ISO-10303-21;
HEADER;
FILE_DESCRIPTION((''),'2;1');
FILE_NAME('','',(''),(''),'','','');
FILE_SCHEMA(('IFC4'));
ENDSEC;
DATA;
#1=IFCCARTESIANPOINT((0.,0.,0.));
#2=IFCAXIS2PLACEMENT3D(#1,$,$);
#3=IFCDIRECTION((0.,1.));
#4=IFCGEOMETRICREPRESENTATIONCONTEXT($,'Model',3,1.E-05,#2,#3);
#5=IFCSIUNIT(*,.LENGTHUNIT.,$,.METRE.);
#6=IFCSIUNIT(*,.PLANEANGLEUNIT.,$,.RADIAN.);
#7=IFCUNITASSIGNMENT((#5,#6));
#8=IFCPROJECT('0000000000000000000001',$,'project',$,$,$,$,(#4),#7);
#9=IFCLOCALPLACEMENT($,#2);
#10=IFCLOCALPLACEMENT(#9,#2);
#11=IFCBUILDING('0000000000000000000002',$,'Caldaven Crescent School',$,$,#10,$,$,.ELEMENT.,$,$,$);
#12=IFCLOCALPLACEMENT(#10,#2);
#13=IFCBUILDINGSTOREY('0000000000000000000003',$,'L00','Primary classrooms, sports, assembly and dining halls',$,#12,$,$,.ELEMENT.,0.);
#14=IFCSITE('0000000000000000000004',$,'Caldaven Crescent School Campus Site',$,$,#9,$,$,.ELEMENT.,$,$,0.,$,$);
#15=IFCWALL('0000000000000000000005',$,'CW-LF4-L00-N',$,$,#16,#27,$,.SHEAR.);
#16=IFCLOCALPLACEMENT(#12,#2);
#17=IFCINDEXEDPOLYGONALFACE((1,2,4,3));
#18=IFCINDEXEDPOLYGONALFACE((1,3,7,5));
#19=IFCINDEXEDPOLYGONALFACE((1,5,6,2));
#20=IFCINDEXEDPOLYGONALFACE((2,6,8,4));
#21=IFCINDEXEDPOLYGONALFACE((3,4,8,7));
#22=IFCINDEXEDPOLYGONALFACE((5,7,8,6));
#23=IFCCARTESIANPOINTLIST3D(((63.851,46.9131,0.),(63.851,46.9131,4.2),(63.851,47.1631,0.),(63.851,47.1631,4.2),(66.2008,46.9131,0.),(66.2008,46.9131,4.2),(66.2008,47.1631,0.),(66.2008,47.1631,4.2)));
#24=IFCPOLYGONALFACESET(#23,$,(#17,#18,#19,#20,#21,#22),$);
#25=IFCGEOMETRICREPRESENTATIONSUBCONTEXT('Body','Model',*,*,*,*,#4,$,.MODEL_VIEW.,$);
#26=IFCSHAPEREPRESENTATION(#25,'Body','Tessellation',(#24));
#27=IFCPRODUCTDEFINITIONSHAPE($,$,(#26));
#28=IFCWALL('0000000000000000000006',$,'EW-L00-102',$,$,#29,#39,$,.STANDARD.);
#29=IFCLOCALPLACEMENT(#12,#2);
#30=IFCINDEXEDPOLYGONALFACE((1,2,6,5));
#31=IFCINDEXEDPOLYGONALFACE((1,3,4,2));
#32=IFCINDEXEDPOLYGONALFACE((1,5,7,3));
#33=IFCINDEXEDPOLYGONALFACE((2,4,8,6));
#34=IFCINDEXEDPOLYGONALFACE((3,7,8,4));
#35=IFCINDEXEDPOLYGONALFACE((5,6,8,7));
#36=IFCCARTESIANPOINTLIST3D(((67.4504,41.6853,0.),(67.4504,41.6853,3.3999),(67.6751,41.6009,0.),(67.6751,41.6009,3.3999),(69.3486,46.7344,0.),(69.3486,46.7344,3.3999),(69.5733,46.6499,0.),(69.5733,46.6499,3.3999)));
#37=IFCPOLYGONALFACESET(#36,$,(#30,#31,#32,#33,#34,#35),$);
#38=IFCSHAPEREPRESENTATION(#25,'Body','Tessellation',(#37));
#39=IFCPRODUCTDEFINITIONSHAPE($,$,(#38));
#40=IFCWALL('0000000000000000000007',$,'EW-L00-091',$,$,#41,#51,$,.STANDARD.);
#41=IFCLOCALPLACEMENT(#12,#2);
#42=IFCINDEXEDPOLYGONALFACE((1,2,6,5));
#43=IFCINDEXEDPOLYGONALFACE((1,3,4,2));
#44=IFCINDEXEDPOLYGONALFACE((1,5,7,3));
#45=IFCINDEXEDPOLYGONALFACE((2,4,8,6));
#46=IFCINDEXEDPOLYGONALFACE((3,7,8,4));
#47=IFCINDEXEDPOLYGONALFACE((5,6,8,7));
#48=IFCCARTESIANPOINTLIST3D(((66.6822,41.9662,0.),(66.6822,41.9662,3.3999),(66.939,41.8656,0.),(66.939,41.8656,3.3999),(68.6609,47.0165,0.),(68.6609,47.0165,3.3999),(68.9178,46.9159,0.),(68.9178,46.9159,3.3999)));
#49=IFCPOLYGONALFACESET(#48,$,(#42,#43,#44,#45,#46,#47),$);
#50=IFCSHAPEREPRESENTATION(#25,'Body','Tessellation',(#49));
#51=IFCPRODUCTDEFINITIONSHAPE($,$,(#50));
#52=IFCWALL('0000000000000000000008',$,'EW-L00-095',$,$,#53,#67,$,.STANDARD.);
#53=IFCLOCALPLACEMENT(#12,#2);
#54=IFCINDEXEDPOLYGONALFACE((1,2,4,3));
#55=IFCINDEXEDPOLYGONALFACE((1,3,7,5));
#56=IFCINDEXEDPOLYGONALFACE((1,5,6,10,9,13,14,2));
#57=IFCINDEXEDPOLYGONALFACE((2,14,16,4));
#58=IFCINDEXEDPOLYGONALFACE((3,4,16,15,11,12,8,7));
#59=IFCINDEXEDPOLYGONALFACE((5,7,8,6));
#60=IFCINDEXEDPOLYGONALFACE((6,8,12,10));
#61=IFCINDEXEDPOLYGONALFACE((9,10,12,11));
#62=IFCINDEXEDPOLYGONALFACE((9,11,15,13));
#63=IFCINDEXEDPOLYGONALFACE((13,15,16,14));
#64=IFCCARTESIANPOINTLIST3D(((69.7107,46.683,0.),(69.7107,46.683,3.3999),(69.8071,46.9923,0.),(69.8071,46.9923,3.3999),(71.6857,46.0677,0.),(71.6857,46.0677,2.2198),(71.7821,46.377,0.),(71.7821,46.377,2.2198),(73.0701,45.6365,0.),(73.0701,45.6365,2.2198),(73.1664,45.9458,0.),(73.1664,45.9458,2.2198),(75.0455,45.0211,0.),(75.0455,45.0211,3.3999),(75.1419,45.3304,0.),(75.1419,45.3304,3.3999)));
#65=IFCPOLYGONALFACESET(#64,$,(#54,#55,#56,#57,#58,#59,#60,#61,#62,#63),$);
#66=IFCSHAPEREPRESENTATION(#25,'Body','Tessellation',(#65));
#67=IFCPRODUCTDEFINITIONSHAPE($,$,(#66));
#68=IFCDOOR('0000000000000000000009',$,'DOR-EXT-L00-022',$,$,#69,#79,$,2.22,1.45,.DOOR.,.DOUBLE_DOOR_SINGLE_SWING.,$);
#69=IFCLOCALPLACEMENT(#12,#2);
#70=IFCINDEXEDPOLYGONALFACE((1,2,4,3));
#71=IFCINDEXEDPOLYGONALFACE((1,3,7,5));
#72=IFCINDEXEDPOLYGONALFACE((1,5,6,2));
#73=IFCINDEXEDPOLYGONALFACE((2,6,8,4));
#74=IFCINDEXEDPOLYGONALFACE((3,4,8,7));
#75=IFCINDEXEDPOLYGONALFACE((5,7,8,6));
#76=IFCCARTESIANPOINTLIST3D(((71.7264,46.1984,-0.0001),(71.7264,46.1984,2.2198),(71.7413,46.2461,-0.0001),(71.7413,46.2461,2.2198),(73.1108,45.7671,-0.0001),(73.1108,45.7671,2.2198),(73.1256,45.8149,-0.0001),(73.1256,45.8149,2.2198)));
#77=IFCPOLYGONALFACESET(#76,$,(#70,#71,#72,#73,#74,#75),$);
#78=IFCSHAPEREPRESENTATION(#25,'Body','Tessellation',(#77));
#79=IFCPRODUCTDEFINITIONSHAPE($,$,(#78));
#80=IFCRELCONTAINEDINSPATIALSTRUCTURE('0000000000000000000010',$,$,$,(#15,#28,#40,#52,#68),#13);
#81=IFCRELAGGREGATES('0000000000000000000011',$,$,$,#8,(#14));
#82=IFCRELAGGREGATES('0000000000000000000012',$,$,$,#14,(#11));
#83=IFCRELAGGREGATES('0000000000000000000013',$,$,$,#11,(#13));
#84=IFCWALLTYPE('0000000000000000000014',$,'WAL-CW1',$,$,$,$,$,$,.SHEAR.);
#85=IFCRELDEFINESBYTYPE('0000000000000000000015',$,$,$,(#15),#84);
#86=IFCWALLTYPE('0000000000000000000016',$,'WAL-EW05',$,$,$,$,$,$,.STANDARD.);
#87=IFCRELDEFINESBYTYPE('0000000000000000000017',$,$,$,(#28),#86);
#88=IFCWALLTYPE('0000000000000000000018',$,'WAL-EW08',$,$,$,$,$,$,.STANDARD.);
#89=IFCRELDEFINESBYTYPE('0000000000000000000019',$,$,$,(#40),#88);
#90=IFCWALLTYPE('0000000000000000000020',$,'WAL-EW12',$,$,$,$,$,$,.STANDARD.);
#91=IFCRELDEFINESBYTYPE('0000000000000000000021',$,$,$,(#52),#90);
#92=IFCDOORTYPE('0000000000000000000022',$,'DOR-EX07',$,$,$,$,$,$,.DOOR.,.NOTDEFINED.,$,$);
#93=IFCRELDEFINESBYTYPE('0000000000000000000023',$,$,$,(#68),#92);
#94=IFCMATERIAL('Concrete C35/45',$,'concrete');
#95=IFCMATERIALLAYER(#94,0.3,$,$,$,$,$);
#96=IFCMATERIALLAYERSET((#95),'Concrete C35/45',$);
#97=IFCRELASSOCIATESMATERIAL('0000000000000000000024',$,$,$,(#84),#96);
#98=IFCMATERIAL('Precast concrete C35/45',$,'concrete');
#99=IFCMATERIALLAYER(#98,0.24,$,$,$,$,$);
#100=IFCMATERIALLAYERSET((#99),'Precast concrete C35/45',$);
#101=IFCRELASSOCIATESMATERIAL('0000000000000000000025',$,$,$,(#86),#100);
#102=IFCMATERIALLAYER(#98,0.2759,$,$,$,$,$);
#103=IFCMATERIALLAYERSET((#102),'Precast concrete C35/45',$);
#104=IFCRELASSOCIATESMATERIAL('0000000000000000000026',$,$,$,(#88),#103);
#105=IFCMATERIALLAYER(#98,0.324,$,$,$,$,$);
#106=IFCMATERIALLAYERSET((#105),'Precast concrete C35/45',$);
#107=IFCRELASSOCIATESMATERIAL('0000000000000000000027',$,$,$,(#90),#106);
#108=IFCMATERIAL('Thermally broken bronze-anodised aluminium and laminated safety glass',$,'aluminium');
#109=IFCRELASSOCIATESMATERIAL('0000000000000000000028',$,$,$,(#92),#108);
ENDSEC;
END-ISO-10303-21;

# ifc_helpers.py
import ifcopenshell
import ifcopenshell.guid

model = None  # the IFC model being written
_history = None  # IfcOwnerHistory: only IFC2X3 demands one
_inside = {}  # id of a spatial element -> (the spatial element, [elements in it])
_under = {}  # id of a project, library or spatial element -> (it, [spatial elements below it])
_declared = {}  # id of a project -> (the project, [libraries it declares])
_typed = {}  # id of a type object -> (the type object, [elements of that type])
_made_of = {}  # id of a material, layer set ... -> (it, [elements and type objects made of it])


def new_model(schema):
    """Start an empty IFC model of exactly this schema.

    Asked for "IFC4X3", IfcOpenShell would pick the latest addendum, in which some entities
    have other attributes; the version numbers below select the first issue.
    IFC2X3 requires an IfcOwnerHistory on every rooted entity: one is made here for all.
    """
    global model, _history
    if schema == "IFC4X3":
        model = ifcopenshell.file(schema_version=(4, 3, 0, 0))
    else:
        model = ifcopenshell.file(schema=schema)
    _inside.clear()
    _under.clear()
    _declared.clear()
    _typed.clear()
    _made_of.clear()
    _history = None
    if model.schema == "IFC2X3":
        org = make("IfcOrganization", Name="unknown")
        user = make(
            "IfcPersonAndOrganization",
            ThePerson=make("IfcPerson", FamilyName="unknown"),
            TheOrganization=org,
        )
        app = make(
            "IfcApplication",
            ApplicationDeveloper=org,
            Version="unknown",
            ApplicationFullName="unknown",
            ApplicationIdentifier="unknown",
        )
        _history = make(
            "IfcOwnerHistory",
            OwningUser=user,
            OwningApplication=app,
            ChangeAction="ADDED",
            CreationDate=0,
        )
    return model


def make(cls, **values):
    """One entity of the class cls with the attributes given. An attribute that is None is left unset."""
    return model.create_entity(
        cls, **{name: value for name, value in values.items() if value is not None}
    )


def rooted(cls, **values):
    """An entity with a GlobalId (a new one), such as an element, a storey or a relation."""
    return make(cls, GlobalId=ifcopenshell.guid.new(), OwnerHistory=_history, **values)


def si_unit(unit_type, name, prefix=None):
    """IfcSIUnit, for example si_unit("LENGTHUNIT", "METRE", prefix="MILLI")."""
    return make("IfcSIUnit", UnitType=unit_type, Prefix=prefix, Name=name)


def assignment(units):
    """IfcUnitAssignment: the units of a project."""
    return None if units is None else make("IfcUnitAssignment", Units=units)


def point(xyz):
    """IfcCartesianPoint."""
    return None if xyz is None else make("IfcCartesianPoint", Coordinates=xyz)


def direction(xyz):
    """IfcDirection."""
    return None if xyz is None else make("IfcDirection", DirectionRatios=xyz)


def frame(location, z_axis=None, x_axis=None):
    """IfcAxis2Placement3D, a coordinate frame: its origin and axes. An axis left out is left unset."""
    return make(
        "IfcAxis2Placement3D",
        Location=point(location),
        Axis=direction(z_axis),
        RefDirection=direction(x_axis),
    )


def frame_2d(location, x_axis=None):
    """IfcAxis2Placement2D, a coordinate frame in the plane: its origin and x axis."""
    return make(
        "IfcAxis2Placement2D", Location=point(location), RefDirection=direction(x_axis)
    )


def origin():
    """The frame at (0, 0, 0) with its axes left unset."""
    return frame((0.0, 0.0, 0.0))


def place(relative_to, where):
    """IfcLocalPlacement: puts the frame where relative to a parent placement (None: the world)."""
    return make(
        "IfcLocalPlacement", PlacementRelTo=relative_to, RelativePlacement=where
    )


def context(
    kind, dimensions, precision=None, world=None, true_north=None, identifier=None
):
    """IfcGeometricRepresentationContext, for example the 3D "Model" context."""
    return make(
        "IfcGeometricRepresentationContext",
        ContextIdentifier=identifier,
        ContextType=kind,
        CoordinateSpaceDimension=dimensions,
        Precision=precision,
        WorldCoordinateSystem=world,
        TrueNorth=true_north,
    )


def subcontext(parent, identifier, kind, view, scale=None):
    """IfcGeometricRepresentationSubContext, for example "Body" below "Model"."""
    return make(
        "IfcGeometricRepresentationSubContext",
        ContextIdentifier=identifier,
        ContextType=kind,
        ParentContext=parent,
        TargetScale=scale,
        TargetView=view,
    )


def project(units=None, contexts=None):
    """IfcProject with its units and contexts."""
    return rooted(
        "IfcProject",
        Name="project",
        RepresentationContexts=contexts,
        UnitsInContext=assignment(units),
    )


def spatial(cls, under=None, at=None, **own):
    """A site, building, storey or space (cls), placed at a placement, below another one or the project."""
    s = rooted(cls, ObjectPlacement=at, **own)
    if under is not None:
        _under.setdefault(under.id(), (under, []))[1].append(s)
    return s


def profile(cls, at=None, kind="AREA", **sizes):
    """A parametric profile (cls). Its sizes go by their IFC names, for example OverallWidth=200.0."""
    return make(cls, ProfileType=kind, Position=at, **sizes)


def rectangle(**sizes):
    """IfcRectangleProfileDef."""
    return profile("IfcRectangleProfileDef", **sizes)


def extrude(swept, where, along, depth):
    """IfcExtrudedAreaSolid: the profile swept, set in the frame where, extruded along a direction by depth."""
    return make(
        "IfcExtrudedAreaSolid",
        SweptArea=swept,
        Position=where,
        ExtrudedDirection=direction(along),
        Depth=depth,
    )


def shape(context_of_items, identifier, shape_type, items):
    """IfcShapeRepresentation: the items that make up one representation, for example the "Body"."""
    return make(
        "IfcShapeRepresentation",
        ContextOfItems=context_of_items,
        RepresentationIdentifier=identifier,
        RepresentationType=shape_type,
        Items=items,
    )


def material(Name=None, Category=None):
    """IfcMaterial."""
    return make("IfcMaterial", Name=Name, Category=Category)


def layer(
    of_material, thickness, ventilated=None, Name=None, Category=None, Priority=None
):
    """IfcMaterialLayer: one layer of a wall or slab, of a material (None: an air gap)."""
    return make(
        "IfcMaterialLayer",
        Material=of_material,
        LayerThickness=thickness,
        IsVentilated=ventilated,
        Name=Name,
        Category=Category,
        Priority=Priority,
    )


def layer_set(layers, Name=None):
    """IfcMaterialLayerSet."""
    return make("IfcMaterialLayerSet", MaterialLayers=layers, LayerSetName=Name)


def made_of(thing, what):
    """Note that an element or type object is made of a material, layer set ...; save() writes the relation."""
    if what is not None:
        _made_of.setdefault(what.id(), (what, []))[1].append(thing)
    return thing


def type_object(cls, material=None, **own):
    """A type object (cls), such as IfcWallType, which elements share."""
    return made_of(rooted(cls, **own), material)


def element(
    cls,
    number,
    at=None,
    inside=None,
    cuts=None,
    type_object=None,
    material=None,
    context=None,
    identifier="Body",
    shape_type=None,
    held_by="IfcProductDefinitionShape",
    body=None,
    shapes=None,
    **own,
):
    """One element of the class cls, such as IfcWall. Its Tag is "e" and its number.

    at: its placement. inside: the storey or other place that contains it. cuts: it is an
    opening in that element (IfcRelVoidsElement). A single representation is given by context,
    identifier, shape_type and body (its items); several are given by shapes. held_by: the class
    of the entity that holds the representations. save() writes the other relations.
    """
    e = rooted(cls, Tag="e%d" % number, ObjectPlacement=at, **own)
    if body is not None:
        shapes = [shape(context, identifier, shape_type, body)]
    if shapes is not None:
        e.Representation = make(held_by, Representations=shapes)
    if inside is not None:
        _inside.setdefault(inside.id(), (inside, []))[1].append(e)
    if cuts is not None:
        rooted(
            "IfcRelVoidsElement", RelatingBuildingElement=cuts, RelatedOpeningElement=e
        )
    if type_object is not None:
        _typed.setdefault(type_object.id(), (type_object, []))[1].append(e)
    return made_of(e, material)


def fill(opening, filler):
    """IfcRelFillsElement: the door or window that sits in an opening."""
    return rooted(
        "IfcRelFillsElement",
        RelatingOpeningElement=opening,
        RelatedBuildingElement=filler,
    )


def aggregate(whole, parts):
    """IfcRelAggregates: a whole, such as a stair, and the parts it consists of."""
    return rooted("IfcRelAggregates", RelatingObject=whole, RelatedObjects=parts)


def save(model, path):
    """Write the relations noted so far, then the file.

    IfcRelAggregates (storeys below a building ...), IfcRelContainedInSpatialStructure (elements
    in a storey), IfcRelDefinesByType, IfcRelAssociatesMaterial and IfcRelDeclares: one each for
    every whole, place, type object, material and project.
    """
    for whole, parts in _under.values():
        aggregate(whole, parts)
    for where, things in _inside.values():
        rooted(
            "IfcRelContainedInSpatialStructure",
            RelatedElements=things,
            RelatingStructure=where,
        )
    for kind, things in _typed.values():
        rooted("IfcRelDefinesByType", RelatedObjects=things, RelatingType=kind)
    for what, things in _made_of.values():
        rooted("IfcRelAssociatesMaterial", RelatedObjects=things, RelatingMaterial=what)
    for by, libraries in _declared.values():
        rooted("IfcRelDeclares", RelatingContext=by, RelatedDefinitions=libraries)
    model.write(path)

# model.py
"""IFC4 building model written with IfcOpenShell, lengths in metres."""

from ifc_helpers import new_model, si_unit, direction, frame, frame_2d, origin, place, context, subcontext, project, spatial, rectangle, extrude, material, layer, layer_set, type_object, element, fill, save


model = new_model("IFC4")

# Units and contexts
model_context = context("Model", 3, precision=1e-05, world=origin(), true_north=direction((0.0, 1.0)))
body_context = subcontext(model_context, "Body", "Model", "MODEL_VIEW")
ifc_project = project(units=[si_unit("LENGTHUNIT", "METRE"), si_unit("PLANEANGLEUNIT", "RADIAN")], contexts=[model_context])

# Site, building, storey
site_placement = place(None, origin())
site = spatial("IfcSite", under=ifc_project, at=site_placement, Name="Caldaven Crescent School Campus Site", CompositionType="ELEMENT", RefElevation=0.0)
building_placement = place(site_placement, origin())
building = spatial("IfcBuilding", under=site, at=building_placement, Name="Caldaven Crescent School", CompositionType="ELEMENT")
storey_placement = place(building_placement, origin())
storey = spatial("IfcBuildingStorey", under=building, at=storey_placement, Name="L00", Description="Primary classrooms, sports, assembly and dining halls", CompositionType="ELEMENT", Elevation=0.0)

# Shared definitions
ifc_material_1 = material(Name="Concrete C35/45", Category="concrete")

# Walls
ifc_layer_1 = layer(ifc_material_1, 0.3)
ifc_layer_set_1 = layer_set([ifc_layer_1], Name="Concrete C35/45")
wall_type_1 = type_object("IfcWallType", Name="WAL-CW1", PredefinedType="SHEAR", material=ifc_layer_set_1)
wall_1_placement = place(storey_placement, frame((63.8511, 47.0381, 0.0), z_axis=(0.0, 0.0, 1.0), x_axis=(1.0, 0.0, 0.0)))
element("IfcWall", 1, at=wall_1_placement, inside=storey, type_object=wall_type_1, Name="CW-LF4-L00-N", PredefinedType="SHEAR", context=body_context, shape_type="SweptSolid", body=[
    extrude(rectangle(XDim=2.3499, YDim=0.25, at=frame_2d((1.1748, 0.0))), origin(), (0.0, 0.0, 1.0), 4.2),
])
ifc_material_2 = material(Name="Precast concrete C35/45", Category="concrete")
ifc_layer_2 = layer(ifc_material_2, 0.24)
ifc_layer_set_2 = layer_set([ifc_layer_2], Name="Precast concrete C35/45")
wall_type_2 = type_object("IfcWallType", Name="WAL-EW05", PredefinedType="STANDARD", material=ifc_layer_set_2)
wall_2_placement = place(storey_placement, frame((69.4609, 46.6921, 0.0), z_axis=(0.0, 0.0, 1.0), x_axis=(-0.351902, -0.936037, 0.0)))
element("IfcWall", 2, at=wall_2_placement, inside=storey, type_object=wall_type_2, Name="EW-L00-102", PredefinedType="STANDARD", context=body_context, shape_type="SweptSolid", body=[
    extrude(rectangle(XDim=5.394, YDim=0.24, at=frame_2d((2.697, 0.0))), origin(), (0.0, 0.0, 1.0), 3.3999),
])
ifc_layer_3 = layer(ifc_material_2, 0.2759)
ifc_layer_set_3 = layer_set([ifc_layer_3], Name="Precast concrete C35/45")
wall_type_3 = type_object("IfcWallType", Name="WAL-EW08", PredefinedType="STANDARD", material=ifc_layer_set_3)
wall_3_placement = place(storey_placement, frame((68.7893, 46.9661, 0.0), z_axis=(0.0, 0.0, 1.0), x_axis=(-0.364808, -0.931083, 0.0)))
element("IfcWall", 3, at=wall_3_placement, inside=storey, type_object=wall_type_3, Name="EW-L00-091", PredefinedType="STANDARD", context=body_context, shape_type="SweptSolid", body=[
    extrude(rectangle(XDim=5.4241, YDim=0.2759, at=frame_2d((2.7119, 0.0))), origin(), (0.0, 0.0, 1.0), 3.3999),
])

# Wall, opening, door
ifc_layer_4 = layer(ifc_material_2, 0.324)
ifc_layer_set_4 = layer_set([ifc_layer_4], Name="Precast concrete C35/45")
wall_type_4 = type_object("IfcWallType", Name="WAL-EW12", PredefinedType="STANDARD", material=ifc_layer_set_4)
wall_4_placement = place(storey_placement, frame((69.7588, 46.8376, 0.0), z_axis=(0.0, 0.0, 1.0), x_axis=(0.954746, -0.297422, 0.0)))
wall_4 = element("IfcWall", 4, at=wall_4_placement, inside=storey, type_object=wall_type_4, Name="EW-L00-095", PredefinedType="STANDARD", context=body_context, shape_type="SweptSolid", body=[
    extrude(rectangle(XDim=5.5876, YDim=0.324, at=frame_2d((2.7939, 0.0))), origin(), (0.0, 0.0, 1.0), 3.3999),
])
opening_placement = place(wall_4_placement, frame((2.0686, 0.0, 0.0)))
opening = element("IfcOpeningElement", 5, at=opening_placement, cuts=wall_4, PredefinedType="OPENING", context=body_context, shape_type="SweptSolid", body=[
    extrude(rectangle(XDim=1.45, YDim=2.22, at=frame_2d((0.7251, 1.1099))), frame((0.0, 0.1719, 0.0), z_axis=(0.0, -1.0, 0.0), x_axis=(1.0, 0.0, 0.0)), (0.0, 0.0, 1.0), 0.344),
])
ifc_material_3 = material(Name="Thermally broken bronze-anodised aluminium and laminated safety glass", Category="aluminium")
door_type = type_object("IfcDoorType", Name="DOR-EX07", OperationType="NOTDEFINED", PredefinedType="DOOR", material=ifc_material_3)
door_placement = place(opening_placement, origin())
door = element("IfcDoor", 6, at=door_placement, inside=storey, type_object=door_type, Name="DOR-EXT-L00-022", OperationType="DOUBLE_DOOR_SINGLE_SWING", OverallHeight=2.22, OverallWidth=1.45, PredefinedType="DOOR", context=body_context, shape_type="SweptSolid", body=[
    extrude(rectangle(XDim=1.45, YDim=2.22, at=frame_2d((0.7251, 1.1099))), frame((0.0, 0.0249, 0.0), z_axis=(0.0, -1.0, 0.0), x_axis=(1.0, 0.0, 0.0)), (0.0, 0.0, 1.0), 0.05),
])
fill(opening, door)

save(model, "model.ifc")
